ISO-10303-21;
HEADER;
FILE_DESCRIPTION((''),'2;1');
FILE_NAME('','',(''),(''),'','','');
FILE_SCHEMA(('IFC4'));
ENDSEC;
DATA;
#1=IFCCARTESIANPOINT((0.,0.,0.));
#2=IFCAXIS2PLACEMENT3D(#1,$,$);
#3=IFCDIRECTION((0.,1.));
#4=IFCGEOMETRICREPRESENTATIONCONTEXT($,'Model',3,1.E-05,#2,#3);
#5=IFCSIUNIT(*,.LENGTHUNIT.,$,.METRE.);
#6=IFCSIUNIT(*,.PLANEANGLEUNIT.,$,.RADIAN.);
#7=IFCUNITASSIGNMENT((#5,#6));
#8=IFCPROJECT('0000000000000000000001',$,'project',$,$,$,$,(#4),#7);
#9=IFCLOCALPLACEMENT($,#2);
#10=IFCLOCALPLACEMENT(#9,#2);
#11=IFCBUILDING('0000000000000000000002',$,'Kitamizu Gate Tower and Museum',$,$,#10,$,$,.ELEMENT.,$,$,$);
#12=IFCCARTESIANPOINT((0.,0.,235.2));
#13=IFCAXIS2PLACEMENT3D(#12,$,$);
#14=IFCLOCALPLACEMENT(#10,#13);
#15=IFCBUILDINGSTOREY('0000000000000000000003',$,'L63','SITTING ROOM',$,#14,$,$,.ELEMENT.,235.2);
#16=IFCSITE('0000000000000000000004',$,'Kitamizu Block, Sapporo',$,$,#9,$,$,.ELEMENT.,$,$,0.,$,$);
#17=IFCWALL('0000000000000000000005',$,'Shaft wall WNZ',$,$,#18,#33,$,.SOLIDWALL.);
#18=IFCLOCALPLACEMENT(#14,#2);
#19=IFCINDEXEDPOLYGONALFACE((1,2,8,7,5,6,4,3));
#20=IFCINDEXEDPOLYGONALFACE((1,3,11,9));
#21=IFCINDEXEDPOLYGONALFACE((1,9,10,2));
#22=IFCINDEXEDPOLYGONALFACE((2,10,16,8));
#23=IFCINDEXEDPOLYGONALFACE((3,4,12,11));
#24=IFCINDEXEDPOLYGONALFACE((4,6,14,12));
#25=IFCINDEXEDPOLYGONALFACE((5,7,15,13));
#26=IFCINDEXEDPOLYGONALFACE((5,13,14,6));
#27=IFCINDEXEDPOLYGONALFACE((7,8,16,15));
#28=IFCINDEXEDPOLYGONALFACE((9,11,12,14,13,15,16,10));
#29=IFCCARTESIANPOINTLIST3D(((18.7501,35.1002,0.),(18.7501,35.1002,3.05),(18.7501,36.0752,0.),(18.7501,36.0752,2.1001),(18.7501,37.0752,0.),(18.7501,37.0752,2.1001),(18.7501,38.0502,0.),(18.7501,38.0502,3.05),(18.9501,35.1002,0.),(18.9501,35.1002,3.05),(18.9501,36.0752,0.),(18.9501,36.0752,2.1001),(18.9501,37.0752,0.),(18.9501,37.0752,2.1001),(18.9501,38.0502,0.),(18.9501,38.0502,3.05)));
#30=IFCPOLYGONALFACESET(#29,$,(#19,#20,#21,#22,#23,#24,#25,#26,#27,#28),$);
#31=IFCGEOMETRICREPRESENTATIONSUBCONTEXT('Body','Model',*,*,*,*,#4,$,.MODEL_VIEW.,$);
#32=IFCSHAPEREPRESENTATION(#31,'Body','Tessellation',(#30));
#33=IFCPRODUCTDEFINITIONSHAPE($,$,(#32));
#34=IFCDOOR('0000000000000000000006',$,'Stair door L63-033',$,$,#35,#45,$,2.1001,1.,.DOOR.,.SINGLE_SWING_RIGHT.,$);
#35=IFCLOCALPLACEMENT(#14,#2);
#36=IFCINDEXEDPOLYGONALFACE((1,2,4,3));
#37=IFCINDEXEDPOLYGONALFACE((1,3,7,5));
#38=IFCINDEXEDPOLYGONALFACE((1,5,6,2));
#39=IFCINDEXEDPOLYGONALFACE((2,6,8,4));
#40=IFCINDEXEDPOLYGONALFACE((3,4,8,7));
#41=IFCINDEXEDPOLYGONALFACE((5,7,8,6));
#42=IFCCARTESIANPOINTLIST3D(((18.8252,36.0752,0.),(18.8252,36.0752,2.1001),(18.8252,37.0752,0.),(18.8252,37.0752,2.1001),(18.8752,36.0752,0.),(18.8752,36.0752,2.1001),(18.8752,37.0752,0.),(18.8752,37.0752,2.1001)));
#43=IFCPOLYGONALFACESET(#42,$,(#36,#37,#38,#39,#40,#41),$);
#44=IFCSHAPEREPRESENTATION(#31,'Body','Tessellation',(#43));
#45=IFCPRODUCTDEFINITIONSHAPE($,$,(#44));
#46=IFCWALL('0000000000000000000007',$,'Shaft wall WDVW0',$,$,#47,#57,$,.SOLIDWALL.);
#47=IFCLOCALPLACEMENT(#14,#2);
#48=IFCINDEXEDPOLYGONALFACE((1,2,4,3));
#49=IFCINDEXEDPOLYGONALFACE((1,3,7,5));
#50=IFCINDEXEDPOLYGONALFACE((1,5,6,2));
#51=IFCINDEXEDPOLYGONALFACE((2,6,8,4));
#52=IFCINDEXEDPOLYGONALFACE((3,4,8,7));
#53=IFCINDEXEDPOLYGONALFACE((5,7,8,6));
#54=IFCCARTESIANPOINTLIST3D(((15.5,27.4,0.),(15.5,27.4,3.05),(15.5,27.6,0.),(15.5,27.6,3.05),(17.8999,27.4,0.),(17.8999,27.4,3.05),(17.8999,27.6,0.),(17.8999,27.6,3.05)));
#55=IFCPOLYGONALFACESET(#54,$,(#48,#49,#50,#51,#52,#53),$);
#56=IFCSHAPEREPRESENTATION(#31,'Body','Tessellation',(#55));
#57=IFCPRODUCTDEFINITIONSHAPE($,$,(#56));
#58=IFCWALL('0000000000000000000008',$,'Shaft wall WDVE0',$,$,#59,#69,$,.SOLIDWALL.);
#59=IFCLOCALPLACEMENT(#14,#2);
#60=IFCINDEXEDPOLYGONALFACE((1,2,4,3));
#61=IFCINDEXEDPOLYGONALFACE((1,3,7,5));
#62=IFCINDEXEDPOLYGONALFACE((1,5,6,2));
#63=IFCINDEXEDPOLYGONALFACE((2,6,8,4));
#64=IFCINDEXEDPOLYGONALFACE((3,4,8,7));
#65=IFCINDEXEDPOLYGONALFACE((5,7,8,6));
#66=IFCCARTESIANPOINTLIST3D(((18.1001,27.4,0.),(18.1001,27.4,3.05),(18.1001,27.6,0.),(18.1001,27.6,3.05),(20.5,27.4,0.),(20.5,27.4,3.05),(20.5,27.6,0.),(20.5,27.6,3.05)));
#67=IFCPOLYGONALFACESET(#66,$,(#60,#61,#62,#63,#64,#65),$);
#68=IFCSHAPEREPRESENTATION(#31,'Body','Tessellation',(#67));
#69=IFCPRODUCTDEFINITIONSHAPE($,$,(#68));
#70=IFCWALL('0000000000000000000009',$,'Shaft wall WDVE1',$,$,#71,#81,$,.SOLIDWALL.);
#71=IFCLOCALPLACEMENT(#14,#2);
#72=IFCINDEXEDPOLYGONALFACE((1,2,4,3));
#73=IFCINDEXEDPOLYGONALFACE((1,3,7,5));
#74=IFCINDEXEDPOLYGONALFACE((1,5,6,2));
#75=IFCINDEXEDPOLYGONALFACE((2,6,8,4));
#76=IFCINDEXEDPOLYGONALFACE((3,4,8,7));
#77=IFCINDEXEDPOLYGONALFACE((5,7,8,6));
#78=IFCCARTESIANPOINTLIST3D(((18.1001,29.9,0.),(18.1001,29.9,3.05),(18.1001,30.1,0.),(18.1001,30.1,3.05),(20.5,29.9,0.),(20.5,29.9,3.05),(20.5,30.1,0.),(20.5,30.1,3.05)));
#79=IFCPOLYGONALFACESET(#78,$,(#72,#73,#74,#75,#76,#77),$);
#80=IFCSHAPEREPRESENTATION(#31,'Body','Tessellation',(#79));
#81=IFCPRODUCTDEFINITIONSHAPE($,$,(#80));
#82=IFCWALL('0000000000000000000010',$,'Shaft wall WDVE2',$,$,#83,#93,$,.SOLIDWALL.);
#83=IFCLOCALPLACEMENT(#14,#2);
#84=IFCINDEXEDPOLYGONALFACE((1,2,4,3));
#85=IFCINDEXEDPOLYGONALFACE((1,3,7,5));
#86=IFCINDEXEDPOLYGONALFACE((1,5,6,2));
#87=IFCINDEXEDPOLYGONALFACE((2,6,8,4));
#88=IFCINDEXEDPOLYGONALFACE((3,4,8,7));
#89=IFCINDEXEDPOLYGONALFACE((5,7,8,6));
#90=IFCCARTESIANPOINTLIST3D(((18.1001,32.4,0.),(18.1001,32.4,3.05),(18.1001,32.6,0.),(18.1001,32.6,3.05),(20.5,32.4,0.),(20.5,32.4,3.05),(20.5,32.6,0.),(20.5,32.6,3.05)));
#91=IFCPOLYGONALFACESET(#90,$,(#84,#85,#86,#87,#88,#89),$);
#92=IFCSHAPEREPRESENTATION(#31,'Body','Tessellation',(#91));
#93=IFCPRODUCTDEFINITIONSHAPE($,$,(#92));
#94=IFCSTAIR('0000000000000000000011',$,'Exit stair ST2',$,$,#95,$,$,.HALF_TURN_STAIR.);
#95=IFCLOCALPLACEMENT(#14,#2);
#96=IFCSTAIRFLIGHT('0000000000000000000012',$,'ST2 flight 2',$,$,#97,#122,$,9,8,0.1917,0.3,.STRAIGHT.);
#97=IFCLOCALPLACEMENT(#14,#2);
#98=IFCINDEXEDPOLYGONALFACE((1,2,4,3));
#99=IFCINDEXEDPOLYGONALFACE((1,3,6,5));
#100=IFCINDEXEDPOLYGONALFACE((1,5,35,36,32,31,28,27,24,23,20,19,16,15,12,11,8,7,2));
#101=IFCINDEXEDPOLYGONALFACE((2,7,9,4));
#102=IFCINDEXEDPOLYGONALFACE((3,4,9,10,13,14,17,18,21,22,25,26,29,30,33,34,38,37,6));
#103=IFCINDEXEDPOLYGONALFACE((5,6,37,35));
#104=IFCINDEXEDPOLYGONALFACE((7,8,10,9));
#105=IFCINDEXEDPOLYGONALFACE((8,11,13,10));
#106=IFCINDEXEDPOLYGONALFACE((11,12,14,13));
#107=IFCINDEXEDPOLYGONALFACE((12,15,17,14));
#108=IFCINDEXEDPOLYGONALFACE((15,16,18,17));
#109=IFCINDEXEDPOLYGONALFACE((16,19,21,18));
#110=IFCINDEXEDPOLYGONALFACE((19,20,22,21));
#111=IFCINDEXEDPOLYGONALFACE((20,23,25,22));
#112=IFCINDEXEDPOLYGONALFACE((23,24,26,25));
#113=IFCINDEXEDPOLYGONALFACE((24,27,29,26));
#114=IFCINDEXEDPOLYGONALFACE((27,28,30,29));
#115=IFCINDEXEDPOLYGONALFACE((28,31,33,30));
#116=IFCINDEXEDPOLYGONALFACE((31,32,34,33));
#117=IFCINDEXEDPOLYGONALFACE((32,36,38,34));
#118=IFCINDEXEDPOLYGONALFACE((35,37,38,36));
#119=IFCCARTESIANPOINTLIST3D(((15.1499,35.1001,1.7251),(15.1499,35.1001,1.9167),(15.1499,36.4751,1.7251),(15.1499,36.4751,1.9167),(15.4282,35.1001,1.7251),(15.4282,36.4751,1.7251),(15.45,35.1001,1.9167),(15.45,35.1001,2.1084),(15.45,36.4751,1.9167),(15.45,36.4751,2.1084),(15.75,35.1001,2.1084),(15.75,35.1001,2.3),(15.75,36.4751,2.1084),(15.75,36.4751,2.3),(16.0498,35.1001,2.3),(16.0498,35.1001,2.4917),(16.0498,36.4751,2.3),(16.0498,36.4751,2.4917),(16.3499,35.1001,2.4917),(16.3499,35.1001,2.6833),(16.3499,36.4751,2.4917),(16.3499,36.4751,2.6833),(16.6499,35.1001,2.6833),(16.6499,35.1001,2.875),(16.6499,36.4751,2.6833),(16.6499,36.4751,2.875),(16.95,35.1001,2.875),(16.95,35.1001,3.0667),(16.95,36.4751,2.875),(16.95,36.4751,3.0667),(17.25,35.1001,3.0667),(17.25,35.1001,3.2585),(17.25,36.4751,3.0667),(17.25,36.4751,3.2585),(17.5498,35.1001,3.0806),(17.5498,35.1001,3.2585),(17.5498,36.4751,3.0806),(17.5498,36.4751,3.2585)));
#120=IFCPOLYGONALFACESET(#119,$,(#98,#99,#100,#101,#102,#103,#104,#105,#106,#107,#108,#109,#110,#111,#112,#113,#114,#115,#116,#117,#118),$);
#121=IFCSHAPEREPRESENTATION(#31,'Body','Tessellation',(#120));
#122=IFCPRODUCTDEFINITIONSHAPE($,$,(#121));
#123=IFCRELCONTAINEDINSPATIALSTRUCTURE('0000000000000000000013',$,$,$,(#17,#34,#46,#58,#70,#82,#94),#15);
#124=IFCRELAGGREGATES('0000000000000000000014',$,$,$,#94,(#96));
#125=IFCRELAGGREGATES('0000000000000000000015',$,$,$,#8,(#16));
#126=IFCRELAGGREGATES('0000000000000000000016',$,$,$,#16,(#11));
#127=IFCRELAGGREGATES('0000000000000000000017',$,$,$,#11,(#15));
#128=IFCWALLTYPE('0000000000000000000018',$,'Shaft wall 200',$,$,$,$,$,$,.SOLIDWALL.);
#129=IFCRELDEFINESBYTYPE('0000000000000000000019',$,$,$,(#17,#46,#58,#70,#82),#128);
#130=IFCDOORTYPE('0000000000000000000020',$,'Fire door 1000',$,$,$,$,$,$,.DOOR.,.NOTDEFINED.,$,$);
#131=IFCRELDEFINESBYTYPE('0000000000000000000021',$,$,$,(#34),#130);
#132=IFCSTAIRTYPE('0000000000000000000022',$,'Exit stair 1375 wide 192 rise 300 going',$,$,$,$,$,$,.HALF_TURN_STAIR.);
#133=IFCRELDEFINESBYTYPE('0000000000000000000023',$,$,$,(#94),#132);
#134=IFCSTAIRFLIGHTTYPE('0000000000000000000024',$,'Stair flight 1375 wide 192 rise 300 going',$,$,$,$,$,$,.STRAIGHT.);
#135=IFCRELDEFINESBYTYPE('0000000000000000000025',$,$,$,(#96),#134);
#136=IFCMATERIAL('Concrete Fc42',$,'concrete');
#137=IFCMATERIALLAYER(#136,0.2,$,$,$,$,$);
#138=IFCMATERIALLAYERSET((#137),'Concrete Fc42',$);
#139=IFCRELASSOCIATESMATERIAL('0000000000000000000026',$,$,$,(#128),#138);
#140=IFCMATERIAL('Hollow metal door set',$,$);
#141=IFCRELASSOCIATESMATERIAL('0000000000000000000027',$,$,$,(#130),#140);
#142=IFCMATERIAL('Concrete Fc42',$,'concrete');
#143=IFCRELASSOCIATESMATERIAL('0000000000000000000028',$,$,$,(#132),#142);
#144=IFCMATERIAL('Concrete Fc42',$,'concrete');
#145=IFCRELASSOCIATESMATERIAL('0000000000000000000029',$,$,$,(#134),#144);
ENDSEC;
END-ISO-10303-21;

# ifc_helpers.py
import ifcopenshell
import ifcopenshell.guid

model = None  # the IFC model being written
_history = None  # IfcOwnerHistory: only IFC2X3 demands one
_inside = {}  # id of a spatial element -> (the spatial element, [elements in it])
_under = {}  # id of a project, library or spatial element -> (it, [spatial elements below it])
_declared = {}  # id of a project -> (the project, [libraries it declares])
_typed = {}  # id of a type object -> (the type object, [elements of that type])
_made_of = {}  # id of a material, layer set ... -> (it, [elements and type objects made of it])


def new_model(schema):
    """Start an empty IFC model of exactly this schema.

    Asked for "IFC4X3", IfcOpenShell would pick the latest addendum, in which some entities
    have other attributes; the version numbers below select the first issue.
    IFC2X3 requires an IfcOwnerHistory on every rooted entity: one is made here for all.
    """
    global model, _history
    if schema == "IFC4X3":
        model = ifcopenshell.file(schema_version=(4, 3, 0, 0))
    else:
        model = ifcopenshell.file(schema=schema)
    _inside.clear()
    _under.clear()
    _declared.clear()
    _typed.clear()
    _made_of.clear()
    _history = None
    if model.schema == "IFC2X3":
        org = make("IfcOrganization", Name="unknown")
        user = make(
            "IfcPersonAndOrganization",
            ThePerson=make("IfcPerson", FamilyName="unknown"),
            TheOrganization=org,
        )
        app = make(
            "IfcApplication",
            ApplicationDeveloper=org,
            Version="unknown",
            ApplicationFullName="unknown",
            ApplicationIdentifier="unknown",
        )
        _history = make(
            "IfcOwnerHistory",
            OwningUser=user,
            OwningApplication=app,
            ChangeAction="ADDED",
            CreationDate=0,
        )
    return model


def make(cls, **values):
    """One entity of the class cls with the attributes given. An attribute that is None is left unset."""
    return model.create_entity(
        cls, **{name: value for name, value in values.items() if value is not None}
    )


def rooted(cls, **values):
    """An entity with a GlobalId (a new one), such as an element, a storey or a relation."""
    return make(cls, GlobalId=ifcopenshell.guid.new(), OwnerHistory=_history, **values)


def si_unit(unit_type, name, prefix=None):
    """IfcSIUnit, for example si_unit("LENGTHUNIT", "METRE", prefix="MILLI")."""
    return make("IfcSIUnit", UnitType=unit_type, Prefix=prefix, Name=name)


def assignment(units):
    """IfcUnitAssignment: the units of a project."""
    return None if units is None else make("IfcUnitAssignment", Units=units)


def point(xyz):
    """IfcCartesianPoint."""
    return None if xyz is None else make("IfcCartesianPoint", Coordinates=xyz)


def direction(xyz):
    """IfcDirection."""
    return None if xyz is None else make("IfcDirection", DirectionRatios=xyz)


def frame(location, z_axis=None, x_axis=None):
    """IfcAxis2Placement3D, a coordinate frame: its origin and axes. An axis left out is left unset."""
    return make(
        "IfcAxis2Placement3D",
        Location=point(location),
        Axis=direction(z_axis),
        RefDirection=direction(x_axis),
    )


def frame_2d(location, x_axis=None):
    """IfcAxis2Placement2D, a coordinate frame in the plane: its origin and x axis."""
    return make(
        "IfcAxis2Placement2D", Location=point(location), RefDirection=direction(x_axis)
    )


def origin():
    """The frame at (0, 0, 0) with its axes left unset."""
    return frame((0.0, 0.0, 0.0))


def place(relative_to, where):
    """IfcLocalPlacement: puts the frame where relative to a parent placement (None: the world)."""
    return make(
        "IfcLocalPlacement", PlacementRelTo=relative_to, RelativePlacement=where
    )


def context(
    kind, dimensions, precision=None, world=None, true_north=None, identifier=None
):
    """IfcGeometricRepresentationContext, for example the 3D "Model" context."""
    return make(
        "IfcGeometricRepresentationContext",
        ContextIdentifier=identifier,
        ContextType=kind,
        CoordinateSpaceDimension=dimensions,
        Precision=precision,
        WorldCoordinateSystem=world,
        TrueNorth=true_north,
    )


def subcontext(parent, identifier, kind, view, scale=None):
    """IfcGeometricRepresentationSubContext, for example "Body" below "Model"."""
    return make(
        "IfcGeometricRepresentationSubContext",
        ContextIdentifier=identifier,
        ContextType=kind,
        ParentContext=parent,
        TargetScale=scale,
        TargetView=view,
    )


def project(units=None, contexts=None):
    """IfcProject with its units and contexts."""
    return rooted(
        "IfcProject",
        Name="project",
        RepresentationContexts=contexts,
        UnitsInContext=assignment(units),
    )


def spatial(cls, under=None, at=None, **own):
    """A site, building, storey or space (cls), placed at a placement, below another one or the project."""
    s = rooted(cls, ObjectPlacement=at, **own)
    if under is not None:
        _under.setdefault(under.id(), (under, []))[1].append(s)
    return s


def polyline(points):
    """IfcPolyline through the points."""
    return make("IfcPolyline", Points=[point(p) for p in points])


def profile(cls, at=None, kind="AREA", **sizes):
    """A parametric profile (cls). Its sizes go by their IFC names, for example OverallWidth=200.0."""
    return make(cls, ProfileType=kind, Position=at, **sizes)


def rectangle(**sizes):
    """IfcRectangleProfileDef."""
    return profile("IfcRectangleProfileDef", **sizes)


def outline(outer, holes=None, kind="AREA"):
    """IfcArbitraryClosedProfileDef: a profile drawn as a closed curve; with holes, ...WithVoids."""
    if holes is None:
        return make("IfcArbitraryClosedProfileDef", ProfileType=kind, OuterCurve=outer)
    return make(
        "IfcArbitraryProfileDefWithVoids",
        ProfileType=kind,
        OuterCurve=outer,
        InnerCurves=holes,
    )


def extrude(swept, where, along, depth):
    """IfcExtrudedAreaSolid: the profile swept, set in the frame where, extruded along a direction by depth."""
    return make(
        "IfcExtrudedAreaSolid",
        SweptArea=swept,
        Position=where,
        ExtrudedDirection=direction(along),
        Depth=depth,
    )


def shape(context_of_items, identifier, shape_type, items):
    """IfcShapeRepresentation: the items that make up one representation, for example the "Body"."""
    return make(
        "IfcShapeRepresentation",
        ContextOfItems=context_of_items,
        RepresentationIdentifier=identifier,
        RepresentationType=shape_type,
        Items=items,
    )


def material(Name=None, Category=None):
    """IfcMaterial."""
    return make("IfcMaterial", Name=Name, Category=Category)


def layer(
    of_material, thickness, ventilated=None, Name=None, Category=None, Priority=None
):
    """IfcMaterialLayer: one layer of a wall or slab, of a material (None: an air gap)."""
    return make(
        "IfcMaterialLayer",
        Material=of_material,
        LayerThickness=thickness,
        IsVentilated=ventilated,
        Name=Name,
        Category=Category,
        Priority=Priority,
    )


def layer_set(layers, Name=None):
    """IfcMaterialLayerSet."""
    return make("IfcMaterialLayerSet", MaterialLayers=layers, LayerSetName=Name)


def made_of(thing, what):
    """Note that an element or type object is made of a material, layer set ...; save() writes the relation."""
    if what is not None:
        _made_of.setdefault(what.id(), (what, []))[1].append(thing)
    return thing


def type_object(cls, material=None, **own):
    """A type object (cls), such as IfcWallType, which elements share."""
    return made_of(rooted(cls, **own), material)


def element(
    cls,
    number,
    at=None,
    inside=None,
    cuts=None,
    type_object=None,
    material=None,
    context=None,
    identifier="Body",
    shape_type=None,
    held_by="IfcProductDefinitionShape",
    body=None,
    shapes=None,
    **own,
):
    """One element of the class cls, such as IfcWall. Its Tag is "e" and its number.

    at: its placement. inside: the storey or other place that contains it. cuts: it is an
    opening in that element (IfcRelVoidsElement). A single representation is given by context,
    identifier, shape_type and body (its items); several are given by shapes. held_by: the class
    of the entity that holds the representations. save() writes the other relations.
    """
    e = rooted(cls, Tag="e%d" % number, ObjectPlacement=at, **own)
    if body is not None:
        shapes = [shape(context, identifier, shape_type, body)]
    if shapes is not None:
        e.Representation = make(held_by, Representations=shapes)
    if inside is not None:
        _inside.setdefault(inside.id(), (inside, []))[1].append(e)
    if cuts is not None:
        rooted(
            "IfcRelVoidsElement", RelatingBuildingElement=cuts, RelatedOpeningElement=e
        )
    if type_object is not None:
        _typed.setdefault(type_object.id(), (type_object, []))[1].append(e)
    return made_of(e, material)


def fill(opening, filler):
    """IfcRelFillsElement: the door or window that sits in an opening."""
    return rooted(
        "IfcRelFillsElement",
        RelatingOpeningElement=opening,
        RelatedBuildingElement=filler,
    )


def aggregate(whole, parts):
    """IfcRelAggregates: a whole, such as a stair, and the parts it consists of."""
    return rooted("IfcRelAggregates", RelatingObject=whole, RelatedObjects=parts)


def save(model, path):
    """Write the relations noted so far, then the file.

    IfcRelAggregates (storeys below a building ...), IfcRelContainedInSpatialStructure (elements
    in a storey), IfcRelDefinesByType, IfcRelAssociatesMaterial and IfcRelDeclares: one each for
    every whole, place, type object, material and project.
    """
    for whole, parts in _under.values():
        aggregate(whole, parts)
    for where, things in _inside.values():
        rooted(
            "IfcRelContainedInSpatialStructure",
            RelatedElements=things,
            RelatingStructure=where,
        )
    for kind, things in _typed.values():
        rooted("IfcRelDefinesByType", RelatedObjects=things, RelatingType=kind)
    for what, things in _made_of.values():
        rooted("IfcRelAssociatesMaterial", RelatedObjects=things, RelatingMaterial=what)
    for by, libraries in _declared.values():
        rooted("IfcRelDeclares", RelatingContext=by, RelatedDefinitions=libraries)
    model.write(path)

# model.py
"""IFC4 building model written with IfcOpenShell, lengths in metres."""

from ifc_helpers import new_model, si_unit, direction, frame, frame_2d, origin, place, context, subcontext, project, spatial, polyline, rectangle, outline, extrude, material, layer, layer_set, type_object, element, fill, aggregate, save


model = new_model("IFC4")

# Units and contexts
model_context = context("Model", 3, precision=1e-05, world=origin(), true_north=direction((0.0, 1.0)))
body_context = subcontext(model_context, "Body", "Model", "MODEL_VIEW")
ifc_project = project(units=[si_unit("LENGTHUNIT", "METRE"), si_unit("PLANEANGLEUNIT", "RADIAN")], contexts=[model_context])

# Site, building, storey
site_placement = place(None, origin())
site = spatial("IfcSite", under=ifc_project, at=site_placement, Name="Kitamizu Block, Sapporo", CompositionType="ELEMENT", RefElevation=0.0)
building_placement = place(site_placement, origin())
building = spatial("IfcBuilding", under=site, at=building_placement, Name="Kitamizu Gate Tower and Museum", CompositionType="ELEMENT")
storey_placement = place(building_placement, frame((0.0, 0.0, 235.2)))
storey = spatial("IfcBuildingStorey", under=building, at=storey_placement, Name="L63", Description="SITTING ROOM", CompositionType="ELEMENT", Elevation=235.2)

# Shared definitions
ifc_material_1 = material(Name="Concrete Fc42", Category="concrete")
ifc_layer_1 = layer(ifc_material_1, 0.2)
ifc_layer_set_1 = layer_set([ifc_layer_1], Name="Concrete Fc42")
wall_type_1 = type_object("IfcWallType", Name="Shaft wall 200", PredefinedType="SOLIDWALL", material=ifc_layer_set_1)

# Wall, opening, door
ifc_material_2 = material(Name="Hollow metal door set")
door_type_1 = type_object("IfcDoorType", Name="Fire door 1000", OperationType="NOTDEFINED", PredefinedType="DOOR", material=ifc_material_2)
wall_1_placement = place(storey_placement, frame((18.8501, 35.1001, 0.0), z_axis=(0.0, 0.0, 1.0), x_axis=(0.0, 1.0, 0.0)))
wall_1 = element("IfcWall", 1, at=wall_1_placement, inside=storey, type_object=wall_type_1, Name="Shaft wall WNZ", PredefinedType="SOLIDWALL", context=body_context, shape_type="SweptSolid", body=[
    extrude(rectangle(XDim=2.95, YDim=0.2, at=frame_2d((1.4751, 0.0))), origin(), (0.0, 0.0, 1.0), 3.05),
])
opening_1_placement = place(wall_1_placement, frame((0.9751, 0.0, 0.0)))
opening_1 = element("IfcOpeningElement", 2, at=opening_1_placement, cuts=wall_1, PredefinedType="OPENING", context=body_context, shape_type="SweptSolid", body=[
    extrude(rectangle(XDim=1.0, YDim=2.1001, at=frame_2d((0.5, 1.05))), frame((0.0, 0.1099, 0.0), z_axis=(0.0, -1.0, 0.0), x_axis=(1.0, 0.0, 0.0)), (0.0, 0.0, 1.0), 0.22),
])
door_1_placement = place(opening_1_placement, origin())
door_1 = element("IfcDoor", 3, at=door_1_placement, inside=storey, type_object=door_type_1, Name="Stair door L63-033", OperationType="SINGLE_SWING_RIGHT", OverallHeight=2.1001, OverallWidth=1.0, PredefinedType="DOOR", context=body_context, shape_type="SweptSolid", body=[
    extrude(rectangle(XDim=1.0, YDim=2.1001, at=frame_2d((0.5, 1.05))), frame((0.0, 0.0249, 0.0), z_axis=(0.0, -1.0, 0.0), x_axis=(1.0, 0.0, 0.0)), (0.0, 0.0, 1.0), 0.05),
])
fill(opening_1, door_1)

# Walls
for number, where, z_axis, x_axis, name in (
    (4, (15.5, 27.5, 0.0), (0.0, 0.0, 1.0), (1.0, 0.0, 0.0), "Shaft wall WDVW0"),
    (5, (18.1001, 27.5, 0.0), (0.0, 0.0, 1.0), (1.0, 0.0, 0.0), "Shaft wall WDVE0"),
    (6, (18.1001, 30.0, 0.0), (0.0, 0.0, 1.0), (1.0, 0.0, 0.0), "Shaft wall WDVE1"),
    (7, (18.1001, 32.5, 0.0), (0.0, 0.0, 1.0), (1.0, 0.0, 0.0), "Shaft wall WDVE2"),
):
    element("IfcWall", number, at=place(storey_placement, frame(where, z_axis=z_axis, x_axis=x_axis)), inside=storey, type_object=wall_type_1, Name=name, PredefinedType="SOLIDWALL", context=body_context, shape_type="SweptSolid", body=[
        extrude(rectangle(XDim=2.3999, YDim=0.2, at=frame_2d((1.2, 0.0))), origin(), (0.0, 0.0, 1.0), 3.05),
    ])

# Stair, stair flight
ifc_material_3 = material(Name="Concrete Fc42", Category="concrete")
stair_type = type_object("IfcStairType", Name="Exit stair 1375 wide 192 rise 300 going", PredefinedType="HALF_TURN_STAIR", material=ifc_material_3)
stair_placement = place(storey_placement, origin())
stair = element("IfcStair", 8, at=stair_placement, inside=storey, type_object=stair_type, Name="Exit stair ST2", PredefinedType="HALF_TURN_STAIR")
ifc_material_4 = material(Name="Concrete Fc42", Category="concrete")
stair_flight_type = type_object("IfcStairFlightType", Name="Stair flight 1375 wide 192 rise 300 going", PredefinedType="STRAIGHT", material=ifc_material_4)
stair_flight_placement = place(storey_placement, frame((15.1499, 35.7876, 1.7251), z_axis=(0.0, 0.0, 1.0), x_axis=(1.0, 0.0, 0.0)))
stair_flight = element("IfcStairFlight", 9, at=stair_flight_placement, type_object=stair_flight_type, Name="ST2 flight 2", NumberOfRisers=9, NumberOfTreads=8, PredefinedType="STRAIGHT", RiserHeight=0.1917, TreadLength=0.3, context=body_context, shape_type="SweptSolid", body=[
    extrude(outline(polyline([(0.0, 0.0), (0.0, 0.1917), (0.3, 0.1917), (0.3, 0.3833), (0.6001, 0.3833), (0.6001, 0.575), (0.8999, 0.575), (0.8999, 0.7666), (1.2, 0.7666), (1.2, 0.9583), (1.5, 0.9583), (1.5, 1.1499), (1.8, 1.1499), (1.8, 1.3416), (2.1001, 1.3416), (2.1001, 1.5334), (2.3999, 1.5334), (2.3999, 1.7251), (2.3999, 1.3555), (0.2783, 0.0), (0.0, 0.0)])), frame((0.0, 0.6875, 0.0), z_axis=(0.0, -1.0, 0.0), x_axis=(1.0, 0.0, 0.0)), (0.0, 0.0, 1.0), 1.375),
])
aggregate(stair, [stair_flight])

save(model, "model.ifc")
